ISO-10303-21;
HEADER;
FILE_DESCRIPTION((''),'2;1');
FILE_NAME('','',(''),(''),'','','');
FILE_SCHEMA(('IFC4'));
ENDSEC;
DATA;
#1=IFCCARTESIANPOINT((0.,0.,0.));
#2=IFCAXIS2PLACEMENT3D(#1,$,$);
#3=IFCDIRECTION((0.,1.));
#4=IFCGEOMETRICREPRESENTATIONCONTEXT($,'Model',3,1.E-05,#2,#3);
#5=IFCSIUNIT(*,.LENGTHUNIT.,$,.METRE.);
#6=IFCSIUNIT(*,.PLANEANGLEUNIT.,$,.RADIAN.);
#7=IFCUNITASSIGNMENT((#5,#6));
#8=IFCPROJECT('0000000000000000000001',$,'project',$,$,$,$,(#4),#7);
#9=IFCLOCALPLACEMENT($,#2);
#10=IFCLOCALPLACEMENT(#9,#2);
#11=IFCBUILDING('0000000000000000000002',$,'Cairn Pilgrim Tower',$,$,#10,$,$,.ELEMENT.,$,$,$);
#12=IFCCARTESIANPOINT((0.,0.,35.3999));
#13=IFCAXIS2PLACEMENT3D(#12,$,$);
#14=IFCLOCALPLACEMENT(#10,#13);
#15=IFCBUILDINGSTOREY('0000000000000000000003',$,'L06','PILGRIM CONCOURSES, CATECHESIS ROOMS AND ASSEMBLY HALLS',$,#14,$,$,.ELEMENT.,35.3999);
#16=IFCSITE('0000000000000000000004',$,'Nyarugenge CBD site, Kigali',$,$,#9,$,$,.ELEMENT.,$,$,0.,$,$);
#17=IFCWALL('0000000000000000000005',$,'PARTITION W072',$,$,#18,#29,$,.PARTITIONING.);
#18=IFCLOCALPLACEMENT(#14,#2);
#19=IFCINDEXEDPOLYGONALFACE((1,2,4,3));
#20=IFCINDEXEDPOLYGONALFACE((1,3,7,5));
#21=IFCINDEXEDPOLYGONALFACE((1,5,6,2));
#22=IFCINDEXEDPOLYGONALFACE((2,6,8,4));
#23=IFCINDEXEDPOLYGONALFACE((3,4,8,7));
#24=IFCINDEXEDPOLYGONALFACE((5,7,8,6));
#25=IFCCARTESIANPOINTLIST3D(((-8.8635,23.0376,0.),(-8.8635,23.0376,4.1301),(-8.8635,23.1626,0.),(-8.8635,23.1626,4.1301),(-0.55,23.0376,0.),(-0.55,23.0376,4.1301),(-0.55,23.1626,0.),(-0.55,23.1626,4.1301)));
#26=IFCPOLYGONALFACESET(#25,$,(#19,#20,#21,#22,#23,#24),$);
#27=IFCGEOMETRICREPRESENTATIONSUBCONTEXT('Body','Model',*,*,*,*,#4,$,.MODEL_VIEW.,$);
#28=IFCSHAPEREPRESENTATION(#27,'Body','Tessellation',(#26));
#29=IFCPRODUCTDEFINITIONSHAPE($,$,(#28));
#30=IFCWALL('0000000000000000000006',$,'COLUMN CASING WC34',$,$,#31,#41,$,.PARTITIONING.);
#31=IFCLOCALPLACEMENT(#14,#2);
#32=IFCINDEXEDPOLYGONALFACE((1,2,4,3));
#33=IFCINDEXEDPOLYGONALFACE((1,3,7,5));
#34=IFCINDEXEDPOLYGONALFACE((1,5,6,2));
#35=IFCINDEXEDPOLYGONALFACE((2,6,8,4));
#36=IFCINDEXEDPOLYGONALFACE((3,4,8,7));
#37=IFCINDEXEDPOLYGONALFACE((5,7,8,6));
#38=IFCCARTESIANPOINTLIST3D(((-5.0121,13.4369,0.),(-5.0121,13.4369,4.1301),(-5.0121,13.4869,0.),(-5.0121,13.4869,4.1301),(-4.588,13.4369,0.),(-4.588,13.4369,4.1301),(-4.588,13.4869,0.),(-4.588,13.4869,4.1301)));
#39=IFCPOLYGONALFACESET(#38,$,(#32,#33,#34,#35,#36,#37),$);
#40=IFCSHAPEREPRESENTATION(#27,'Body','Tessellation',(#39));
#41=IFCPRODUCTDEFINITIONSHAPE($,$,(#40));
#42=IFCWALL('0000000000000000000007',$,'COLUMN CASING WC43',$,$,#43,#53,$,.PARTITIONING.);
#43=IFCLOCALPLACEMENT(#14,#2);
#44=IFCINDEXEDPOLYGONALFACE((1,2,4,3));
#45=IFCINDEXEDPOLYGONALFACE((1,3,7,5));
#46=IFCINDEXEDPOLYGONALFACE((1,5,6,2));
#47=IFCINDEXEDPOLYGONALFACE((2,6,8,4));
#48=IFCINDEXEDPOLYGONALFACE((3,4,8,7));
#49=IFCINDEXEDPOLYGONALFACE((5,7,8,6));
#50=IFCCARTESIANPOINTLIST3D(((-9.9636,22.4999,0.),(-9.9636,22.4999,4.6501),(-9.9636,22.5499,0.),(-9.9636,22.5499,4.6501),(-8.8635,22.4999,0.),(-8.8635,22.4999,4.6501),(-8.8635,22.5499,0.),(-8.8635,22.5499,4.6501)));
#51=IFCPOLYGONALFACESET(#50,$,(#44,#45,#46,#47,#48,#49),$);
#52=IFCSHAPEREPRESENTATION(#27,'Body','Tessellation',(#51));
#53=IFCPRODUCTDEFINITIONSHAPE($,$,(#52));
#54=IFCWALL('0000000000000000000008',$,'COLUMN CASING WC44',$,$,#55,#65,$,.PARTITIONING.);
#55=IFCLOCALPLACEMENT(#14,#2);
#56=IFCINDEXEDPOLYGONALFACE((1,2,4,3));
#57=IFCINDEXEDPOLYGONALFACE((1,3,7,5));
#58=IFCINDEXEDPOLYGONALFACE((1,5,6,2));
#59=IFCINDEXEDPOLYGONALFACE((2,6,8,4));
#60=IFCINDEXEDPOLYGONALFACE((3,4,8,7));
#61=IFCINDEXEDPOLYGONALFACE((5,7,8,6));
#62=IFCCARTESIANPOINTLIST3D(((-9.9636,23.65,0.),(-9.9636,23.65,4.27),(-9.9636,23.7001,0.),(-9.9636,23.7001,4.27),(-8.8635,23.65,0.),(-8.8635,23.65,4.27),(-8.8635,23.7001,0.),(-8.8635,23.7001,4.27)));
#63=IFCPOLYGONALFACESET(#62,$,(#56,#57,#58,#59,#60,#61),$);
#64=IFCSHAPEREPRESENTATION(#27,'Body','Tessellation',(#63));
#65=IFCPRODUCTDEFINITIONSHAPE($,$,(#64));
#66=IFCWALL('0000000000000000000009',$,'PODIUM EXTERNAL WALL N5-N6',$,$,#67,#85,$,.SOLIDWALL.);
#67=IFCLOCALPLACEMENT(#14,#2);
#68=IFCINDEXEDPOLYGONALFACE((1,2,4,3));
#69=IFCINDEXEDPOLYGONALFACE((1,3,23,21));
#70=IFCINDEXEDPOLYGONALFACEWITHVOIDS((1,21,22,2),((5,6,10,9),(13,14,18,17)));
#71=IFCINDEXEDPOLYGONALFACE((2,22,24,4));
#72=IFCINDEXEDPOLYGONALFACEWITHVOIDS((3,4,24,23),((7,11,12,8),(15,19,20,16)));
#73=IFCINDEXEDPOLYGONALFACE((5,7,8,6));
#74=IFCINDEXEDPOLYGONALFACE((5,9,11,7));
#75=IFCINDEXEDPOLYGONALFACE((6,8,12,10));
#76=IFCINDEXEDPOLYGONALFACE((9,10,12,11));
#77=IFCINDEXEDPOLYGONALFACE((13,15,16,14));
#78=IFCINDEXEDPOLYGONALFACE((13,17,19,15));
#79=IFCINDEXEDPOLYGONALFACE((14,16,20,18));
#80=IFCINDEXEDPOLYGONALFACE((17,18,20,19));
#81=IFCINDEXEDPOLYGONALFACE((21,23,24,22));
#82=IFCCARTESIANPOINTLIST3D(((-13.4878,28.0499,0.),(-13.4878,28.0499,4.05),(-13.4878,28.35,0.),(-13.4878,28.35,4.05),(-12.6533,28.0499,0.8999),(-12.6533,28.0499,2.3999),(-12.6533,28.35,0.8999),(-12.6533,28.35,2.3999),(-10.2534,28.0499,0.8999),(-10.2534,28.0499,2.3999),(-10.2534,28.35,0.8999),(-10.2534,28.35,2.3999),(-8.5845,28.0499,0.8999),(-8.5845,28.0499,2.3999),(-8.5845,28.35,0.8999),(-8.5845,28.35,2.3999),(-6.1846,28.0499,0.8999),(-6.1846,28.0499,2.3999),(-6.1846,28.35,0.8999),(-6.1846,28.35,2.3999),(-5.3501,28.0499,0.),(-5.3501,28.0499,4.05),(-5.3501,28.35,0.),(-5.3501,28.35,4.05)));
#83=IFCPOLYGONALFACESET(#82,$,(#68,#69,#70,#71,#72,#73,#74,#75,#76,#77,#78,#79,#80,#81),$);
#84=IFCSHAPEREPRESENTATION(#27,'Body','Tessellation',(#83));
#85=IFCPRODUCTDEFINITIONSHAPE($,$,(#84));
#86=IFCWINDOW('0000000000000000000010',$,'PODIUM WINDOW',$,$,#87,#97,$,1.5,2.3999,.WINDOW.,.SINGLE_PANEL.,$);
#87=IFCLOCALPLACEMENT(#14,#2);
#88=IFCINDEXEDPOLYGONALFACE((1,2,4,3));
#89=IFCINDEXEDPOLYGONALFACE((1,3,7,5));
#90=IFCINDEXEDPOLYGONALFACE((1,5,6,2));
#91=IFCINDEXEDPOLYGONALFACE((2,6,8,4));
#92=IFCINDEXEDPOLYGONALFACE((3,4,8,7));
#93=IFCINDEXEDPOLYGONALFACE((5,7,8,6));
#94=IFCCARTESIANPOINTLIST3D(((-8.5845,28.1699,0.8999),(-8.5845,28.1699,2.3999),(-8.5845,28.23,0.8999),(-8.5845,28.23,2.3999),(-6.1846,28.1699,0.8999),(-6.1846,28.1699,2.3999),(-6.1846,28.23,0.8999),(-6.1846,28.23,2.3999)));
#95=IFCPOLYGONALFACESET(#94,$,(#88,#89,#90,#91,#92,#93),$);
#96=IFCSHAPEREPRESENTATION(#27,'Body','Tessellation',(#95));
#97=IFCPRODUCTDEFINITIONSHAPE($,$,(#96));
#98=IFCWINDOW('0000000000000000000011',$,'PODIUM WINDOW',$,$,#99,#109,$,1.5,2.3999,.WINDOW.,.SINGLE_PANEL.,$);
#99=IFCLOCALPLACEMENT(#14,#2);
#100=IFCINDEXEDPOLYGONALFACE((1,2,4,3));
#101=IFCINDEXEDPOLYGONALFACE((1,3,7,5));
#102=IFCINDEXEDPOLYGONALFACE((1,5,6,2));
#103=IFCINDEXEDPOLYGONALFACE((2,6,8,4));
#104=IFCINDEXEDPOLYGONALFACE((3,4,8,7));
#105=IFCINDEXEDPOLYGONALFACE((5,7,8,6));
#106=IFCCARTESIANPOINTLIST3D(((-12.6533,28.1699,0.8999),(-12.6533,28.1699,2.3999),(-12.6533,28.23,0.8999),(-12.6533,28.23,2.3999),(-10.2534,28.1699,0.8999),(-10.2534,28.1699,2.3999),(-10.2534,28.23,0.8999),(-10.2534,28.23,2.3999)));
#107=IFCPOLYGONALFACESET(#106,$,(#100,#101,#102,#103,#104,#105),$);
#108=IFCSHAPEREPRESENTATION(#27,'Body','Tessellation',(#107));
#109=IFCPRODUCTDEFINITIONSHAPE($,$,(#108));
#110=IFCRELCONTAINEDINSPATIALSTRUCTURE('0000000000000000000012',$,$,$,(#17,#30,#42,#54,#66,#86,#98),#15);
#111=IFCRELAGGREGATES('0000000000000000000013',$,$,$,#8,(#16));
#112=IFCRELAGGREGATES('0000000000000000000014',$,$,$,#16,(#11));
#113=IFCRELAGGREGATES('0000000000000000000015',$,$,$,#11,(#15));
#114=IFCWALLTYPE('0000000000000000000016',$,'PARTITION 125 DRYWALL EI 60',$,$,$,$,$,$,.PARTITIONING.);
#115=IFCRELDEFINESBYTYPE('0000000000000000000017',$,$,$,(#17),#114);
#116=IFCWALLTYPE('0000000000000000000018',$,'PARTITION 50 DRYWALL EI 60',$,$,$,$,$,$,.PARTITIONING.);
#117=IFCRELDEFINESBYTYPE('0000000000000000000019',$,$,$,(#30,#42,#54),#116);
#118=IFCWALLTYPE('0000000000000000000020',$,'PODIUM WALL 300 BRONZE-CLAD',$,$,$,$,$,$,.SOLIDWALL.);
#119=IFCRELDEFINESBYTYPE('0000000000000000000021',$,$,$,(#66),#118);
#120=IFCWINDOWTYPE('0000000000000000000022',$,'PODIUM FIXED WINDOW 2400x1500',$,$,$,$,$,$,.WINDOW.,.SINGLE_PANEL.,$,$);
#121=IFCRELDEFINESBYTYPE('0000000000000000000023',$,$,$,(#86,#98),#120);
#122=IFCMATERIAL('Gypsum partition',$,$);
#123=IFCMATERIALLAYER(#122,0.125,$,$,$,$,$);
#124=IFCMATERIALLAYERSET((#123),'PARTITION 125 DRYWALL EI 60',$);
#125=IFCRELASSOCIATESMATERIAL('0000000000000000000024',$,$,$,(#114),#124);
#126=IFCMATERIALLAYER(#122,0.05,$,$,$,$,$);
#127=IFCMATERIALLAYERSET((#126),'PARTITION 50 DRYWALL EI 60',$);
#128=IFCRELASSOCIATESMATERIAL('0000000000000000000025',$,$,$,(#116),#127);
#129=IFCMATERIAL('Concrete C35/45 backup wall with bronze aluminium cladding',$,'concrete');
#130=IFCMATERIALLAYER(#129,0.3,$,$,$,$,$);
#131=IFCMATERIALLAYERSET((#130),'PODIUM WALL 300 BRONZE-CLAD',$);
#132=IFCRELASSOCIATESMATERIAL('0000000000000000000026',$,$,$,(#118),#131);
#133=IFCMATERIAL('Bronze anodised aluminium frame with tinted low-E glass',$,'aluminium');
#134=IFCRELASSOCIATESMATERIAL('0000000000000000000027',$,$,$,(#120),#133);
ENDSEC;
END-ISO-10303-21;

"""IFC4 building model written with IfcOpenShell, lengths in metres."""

from ifc_helpers import new_model, si_unit, direction, frame, frame_2d, origin, place, context, subcontext, project, spatial, rectangle, extrude, material, layer, layer_set, type_object, element, fill, save


model = new_model("IFC4")

# Units and contexts
model_context = context("Model", 3, precision=1e-05, world=origin(), true_north=direction((0.0, 1.0)))
body_context = subcontext(model_context, "Body", "Model", "MODEL_VIEW")
ifc_project = project(units=[si_unit("LENGTHUNIT", "METRE"), si_unit("PLANEANGLEUNIT", "RADIAN")], contexts=[model_context])

# Site, building, storey
site_placement = place(None, origin())
site = spatial("IfcSite", under=ifc_project, at=site_placement, Name="Nyarugenge CBD site, Kigali", CompositionType="ELEMENT", RefElevation=0.0)
building_placement = place(site_placement, origin())
building = spatial("IfcBuilding", under=site, at=building_placement, Name="Cairn Pilgrim Tower", CompositionType="ELEMENT")
storey_placement = place(building_placement, frame((0.0, 0.0, 35.3999)))
storey = spatial("IfcBuildingStorey", under=building, at=storey_placement, Name="L06", Description="PILGRIM CONCOURSES, CATECHESIS ROOMS AND ASSEMBLY HALLS", CompositionType="ELEMENT", Elevation=35.3999)

# Walls
ifc_material_1 = material(Name="Gypsum partition")
ifc_layer_1 = layer(ifc_material_1, 0.125)
ifc_layer_set_1 = layer_set([ifc_layer_1], Name="PARTITION 125 DRYWALL EI 60")
wall_type_1 = type_object("IfcWallType", Name="PARTITION 125 DRYWALL EI 60", PredefinedType="PARTITIONING", material=ifc_layer_set_1)
wall_1_placement = place(storey_placement, frame((-8.8635, 23.1001, 0.0), z_axis=(0.0, 0.0, 1.0), x_axis=(1.0, 0.0, 0.0)))
element("IfcWall", 1, at=wall_1_placement, inside=storey, type_object=wall_type_1, Name="PARTITION W072", PredefinedType="PARTITIONING", context=body_context, shape_type="SweptSolid", body=[
    extrude(rectangle(XDim=8.3135, YDim=0.125, at=frame_2d((4.1567, 0.0))), origin(), (0.0, 0.0, 1.0), 4.1301),
])
ifc_layer_2 = layer(ifc_material_1, 0.05)
ifc_layer_set_2 = layer_set([ifc_layer_2], Name="PARTITION 50 DRYWALL EI 60")
wall_type_2 = type_object("IfcWallType", Name="PARTITION 50 DRYWALL EI 60", PredefinedType="PARTITIONING", material=ifc_layer_set_2)
wall_2_placement = place(storey_placement, frame((-5.012, 13.4619, 0.0), z_axis=(0.0, 0.0, 1.0), x_axis=(1.0, 0.0, 0.0)))
element("IfcWall", 2, at=wall_2_placement, inside=storey, type_object=wall_type_2, Name="COLUMN CASING WC34", PredefinedType="PARTITIONING", context=body_context, shape_type="SweptSolid", body=[
    extrude(rectangle(XDim=0.4241, YDim=0.05, at=frame_2d((0.2119, 0.0))), origin(), (0.0, 0.0, 1.0), 4.1301),
])
wall_3_placement = place(storey_placement, frame((-9.9636, 22.5249, 0.0), z_axis=(0.0, 0.0, 1.0), x_axis=(1.0, 0.0, 0.0)))
element("IfcWall", 3, at=wall_3_placement, inside=storey, type_object=wall_type_2, Name="COLUMN CASING WC43", PredefinedType="PARTITIONING", context=body_context, shape_type="SweptSolid", body=[
    extrude(rectangle(XDim=1.1001, YDim=0.05, at=frame_2d((0.55, 0.0))), origin(), (0.0, 0.0, 1.0), 4.6501),
])
wall_4_placement = place(storey_placement, frame((-9.9636, 23.675, 0.0), z_axis=(0.0, 0.0, 1.0), x_axis=(1.0, 0.0, 0.0)))
element("IfcWall", 4, at=wall_4_placement, inside=storey, type_object=wall_type_2, Name="COLUMN CASING WC44", PredefinedType="PARTITIONING", context=body_context, shape_type="SweptSolid", body=[
    extrude(rectangle(XDim=1.1001, YDim=0.05, at=frame_2d((0.55, 0.0))), origin(), (0.0, 0.0, 1.0), 4.27),
])

# Wall, openings, windows
ifc_material_2 = material(Name="Concrete C35/45 backup wall with bronze aluminium cladding", Category="concrete")
ifc_layer_3 = layer(ifc_material_2, 0.3)
ifc_layer_set_3 = layer_set([ifc_layer_3], Name="PODIUM WALL 300 BRONZE-CLAD")
wall_type_3 = type_object("IfcWallType", Name="PODIUM WALL 300 BRONZE-CLAD", PredefinedType="SOLIDWALL", material=ifc_layer_set_3)
wall_5_placement = place(storey_placement, frame((-5.3501, 28.2, 0.0), z_axis=(0.0, 0.0, 1.0), x_axis=(-1.0, 0.0, 0.0)))
wall_5 = element("IfcWall", 5, at=wall_5_placement, inside=storey, type_object=wall_type_3, Name="PODIUM EXTERNAL WALL N5-N6", PredefinedType="SOLIDWALL", context=body_context, shape_type="SweptSolid", body=[
    extrude(rectangle(XDim=8.1377, YDim=0.3, at=frame_2d((4.0688, 0.0))), origin(), (0.0, 0.0, 1.0), 4.05),
])
opening_1_placement = place(wall_5_placement, frame((0.8345, 0.0, 0.8999)))
opening_1 = element("IfcOpeningElement", 6, at=opening_1_placement, cuts=wall_5, PredefinedType="OPENING", context=body_context, shape_type="SweptSolid", body=[
    extrude(rectangle(XDim=2.3999, YDim=1.5, at=frame_2d((1.2, 0.75))), frame((0.0, 0.1602, 0.0), z_axis=(0.0, -1.0, 0.0), x_axis=(1.0, 0.0, 0.0)), (0.0, 0.0, 1.0), 0.3201),
])
opening_2_placement = place(wall_5_placement, frame((4.9033, 0.0, 0.8999)))
opening_2 = element("IfcOpeningElement", 7, at=opening_2_placement, cuts=wall_5, PredefinedType="OPENING", context=body_context, shape_type="SweptSolid", body=[
    extrude(rectangle(XDim=2.3999, YDim=1.5, at=frame_2d((1.2, 0.75))), frame((0.0, 0.1602, 0.0), z_axis=(0.0, -1.0, 0.0), x_axis=(1.0, 0.0, 0.0)), (0.0, 0.0, 1.0), 0.3201),
])
ifc_material_3 = material(Name="Bronze anodised aluminium frame with tinted low-E glass", Category="aluminium")
window_type = type_object("IfcWindowType", Name="PODIUM FIXED WINDOW 2400x1500", PartitioningType="SINGLE_PANEL", PredefinedType="WINDOW", material=ifc_material_3)
window_1_placement = place(opening_1_placement, origin())
window_1 = element("IfcWindow", 8, at=window_1_placement, inside=storey, type_object=window_type, Name="PODIUM WINDOW", OverallHeight=1.5, OverallWidth=2.3999, PartitioningType="SINGLE_PANEL", PredefinedType="WINDOW", context=body_context, shape_type="SweptSolid", body=[
    extrude(rectangle(XDim=2.3999, YDim=1.5, at=frame_2d((1.2, 0.75))), frame((0.0, 0.03, 0.0), z_axis=(0.0, -1.0, 0.0), x_axis=(1.0, 0.0, 0.0)), (0.0, 0.0, 1.0), 0.0601),
])
fill(opening_1, window_1)
window_2_placement = place(opening_2_placement, origin())
window_2 = element("IfcWindow", 9, at=window_2_placement, inside=storey, type_object=window_type, Name="PODIUM WINDOW", OverallHeight=1.5, OverallWidth=2.3999, PartitioningType="SINGLE_PANEL", PredefinedType="WINDOW", context=body_context, shape_type="SweptSolid", body=[
    extrude(rectangle(XDim=2.3999, YDim=1.5, at=frame_2d((1.2, 0.75))), frame((0.0, 0.03, 0.0), z_axis=(0.0, -1.0, 0.0), x_axis=(1.0, 0.0, 0.0)), (0.0, 0.0, 1.0), 0.0601),
])
fill(opening_2, window_2)

save(model, "model.ifc")
